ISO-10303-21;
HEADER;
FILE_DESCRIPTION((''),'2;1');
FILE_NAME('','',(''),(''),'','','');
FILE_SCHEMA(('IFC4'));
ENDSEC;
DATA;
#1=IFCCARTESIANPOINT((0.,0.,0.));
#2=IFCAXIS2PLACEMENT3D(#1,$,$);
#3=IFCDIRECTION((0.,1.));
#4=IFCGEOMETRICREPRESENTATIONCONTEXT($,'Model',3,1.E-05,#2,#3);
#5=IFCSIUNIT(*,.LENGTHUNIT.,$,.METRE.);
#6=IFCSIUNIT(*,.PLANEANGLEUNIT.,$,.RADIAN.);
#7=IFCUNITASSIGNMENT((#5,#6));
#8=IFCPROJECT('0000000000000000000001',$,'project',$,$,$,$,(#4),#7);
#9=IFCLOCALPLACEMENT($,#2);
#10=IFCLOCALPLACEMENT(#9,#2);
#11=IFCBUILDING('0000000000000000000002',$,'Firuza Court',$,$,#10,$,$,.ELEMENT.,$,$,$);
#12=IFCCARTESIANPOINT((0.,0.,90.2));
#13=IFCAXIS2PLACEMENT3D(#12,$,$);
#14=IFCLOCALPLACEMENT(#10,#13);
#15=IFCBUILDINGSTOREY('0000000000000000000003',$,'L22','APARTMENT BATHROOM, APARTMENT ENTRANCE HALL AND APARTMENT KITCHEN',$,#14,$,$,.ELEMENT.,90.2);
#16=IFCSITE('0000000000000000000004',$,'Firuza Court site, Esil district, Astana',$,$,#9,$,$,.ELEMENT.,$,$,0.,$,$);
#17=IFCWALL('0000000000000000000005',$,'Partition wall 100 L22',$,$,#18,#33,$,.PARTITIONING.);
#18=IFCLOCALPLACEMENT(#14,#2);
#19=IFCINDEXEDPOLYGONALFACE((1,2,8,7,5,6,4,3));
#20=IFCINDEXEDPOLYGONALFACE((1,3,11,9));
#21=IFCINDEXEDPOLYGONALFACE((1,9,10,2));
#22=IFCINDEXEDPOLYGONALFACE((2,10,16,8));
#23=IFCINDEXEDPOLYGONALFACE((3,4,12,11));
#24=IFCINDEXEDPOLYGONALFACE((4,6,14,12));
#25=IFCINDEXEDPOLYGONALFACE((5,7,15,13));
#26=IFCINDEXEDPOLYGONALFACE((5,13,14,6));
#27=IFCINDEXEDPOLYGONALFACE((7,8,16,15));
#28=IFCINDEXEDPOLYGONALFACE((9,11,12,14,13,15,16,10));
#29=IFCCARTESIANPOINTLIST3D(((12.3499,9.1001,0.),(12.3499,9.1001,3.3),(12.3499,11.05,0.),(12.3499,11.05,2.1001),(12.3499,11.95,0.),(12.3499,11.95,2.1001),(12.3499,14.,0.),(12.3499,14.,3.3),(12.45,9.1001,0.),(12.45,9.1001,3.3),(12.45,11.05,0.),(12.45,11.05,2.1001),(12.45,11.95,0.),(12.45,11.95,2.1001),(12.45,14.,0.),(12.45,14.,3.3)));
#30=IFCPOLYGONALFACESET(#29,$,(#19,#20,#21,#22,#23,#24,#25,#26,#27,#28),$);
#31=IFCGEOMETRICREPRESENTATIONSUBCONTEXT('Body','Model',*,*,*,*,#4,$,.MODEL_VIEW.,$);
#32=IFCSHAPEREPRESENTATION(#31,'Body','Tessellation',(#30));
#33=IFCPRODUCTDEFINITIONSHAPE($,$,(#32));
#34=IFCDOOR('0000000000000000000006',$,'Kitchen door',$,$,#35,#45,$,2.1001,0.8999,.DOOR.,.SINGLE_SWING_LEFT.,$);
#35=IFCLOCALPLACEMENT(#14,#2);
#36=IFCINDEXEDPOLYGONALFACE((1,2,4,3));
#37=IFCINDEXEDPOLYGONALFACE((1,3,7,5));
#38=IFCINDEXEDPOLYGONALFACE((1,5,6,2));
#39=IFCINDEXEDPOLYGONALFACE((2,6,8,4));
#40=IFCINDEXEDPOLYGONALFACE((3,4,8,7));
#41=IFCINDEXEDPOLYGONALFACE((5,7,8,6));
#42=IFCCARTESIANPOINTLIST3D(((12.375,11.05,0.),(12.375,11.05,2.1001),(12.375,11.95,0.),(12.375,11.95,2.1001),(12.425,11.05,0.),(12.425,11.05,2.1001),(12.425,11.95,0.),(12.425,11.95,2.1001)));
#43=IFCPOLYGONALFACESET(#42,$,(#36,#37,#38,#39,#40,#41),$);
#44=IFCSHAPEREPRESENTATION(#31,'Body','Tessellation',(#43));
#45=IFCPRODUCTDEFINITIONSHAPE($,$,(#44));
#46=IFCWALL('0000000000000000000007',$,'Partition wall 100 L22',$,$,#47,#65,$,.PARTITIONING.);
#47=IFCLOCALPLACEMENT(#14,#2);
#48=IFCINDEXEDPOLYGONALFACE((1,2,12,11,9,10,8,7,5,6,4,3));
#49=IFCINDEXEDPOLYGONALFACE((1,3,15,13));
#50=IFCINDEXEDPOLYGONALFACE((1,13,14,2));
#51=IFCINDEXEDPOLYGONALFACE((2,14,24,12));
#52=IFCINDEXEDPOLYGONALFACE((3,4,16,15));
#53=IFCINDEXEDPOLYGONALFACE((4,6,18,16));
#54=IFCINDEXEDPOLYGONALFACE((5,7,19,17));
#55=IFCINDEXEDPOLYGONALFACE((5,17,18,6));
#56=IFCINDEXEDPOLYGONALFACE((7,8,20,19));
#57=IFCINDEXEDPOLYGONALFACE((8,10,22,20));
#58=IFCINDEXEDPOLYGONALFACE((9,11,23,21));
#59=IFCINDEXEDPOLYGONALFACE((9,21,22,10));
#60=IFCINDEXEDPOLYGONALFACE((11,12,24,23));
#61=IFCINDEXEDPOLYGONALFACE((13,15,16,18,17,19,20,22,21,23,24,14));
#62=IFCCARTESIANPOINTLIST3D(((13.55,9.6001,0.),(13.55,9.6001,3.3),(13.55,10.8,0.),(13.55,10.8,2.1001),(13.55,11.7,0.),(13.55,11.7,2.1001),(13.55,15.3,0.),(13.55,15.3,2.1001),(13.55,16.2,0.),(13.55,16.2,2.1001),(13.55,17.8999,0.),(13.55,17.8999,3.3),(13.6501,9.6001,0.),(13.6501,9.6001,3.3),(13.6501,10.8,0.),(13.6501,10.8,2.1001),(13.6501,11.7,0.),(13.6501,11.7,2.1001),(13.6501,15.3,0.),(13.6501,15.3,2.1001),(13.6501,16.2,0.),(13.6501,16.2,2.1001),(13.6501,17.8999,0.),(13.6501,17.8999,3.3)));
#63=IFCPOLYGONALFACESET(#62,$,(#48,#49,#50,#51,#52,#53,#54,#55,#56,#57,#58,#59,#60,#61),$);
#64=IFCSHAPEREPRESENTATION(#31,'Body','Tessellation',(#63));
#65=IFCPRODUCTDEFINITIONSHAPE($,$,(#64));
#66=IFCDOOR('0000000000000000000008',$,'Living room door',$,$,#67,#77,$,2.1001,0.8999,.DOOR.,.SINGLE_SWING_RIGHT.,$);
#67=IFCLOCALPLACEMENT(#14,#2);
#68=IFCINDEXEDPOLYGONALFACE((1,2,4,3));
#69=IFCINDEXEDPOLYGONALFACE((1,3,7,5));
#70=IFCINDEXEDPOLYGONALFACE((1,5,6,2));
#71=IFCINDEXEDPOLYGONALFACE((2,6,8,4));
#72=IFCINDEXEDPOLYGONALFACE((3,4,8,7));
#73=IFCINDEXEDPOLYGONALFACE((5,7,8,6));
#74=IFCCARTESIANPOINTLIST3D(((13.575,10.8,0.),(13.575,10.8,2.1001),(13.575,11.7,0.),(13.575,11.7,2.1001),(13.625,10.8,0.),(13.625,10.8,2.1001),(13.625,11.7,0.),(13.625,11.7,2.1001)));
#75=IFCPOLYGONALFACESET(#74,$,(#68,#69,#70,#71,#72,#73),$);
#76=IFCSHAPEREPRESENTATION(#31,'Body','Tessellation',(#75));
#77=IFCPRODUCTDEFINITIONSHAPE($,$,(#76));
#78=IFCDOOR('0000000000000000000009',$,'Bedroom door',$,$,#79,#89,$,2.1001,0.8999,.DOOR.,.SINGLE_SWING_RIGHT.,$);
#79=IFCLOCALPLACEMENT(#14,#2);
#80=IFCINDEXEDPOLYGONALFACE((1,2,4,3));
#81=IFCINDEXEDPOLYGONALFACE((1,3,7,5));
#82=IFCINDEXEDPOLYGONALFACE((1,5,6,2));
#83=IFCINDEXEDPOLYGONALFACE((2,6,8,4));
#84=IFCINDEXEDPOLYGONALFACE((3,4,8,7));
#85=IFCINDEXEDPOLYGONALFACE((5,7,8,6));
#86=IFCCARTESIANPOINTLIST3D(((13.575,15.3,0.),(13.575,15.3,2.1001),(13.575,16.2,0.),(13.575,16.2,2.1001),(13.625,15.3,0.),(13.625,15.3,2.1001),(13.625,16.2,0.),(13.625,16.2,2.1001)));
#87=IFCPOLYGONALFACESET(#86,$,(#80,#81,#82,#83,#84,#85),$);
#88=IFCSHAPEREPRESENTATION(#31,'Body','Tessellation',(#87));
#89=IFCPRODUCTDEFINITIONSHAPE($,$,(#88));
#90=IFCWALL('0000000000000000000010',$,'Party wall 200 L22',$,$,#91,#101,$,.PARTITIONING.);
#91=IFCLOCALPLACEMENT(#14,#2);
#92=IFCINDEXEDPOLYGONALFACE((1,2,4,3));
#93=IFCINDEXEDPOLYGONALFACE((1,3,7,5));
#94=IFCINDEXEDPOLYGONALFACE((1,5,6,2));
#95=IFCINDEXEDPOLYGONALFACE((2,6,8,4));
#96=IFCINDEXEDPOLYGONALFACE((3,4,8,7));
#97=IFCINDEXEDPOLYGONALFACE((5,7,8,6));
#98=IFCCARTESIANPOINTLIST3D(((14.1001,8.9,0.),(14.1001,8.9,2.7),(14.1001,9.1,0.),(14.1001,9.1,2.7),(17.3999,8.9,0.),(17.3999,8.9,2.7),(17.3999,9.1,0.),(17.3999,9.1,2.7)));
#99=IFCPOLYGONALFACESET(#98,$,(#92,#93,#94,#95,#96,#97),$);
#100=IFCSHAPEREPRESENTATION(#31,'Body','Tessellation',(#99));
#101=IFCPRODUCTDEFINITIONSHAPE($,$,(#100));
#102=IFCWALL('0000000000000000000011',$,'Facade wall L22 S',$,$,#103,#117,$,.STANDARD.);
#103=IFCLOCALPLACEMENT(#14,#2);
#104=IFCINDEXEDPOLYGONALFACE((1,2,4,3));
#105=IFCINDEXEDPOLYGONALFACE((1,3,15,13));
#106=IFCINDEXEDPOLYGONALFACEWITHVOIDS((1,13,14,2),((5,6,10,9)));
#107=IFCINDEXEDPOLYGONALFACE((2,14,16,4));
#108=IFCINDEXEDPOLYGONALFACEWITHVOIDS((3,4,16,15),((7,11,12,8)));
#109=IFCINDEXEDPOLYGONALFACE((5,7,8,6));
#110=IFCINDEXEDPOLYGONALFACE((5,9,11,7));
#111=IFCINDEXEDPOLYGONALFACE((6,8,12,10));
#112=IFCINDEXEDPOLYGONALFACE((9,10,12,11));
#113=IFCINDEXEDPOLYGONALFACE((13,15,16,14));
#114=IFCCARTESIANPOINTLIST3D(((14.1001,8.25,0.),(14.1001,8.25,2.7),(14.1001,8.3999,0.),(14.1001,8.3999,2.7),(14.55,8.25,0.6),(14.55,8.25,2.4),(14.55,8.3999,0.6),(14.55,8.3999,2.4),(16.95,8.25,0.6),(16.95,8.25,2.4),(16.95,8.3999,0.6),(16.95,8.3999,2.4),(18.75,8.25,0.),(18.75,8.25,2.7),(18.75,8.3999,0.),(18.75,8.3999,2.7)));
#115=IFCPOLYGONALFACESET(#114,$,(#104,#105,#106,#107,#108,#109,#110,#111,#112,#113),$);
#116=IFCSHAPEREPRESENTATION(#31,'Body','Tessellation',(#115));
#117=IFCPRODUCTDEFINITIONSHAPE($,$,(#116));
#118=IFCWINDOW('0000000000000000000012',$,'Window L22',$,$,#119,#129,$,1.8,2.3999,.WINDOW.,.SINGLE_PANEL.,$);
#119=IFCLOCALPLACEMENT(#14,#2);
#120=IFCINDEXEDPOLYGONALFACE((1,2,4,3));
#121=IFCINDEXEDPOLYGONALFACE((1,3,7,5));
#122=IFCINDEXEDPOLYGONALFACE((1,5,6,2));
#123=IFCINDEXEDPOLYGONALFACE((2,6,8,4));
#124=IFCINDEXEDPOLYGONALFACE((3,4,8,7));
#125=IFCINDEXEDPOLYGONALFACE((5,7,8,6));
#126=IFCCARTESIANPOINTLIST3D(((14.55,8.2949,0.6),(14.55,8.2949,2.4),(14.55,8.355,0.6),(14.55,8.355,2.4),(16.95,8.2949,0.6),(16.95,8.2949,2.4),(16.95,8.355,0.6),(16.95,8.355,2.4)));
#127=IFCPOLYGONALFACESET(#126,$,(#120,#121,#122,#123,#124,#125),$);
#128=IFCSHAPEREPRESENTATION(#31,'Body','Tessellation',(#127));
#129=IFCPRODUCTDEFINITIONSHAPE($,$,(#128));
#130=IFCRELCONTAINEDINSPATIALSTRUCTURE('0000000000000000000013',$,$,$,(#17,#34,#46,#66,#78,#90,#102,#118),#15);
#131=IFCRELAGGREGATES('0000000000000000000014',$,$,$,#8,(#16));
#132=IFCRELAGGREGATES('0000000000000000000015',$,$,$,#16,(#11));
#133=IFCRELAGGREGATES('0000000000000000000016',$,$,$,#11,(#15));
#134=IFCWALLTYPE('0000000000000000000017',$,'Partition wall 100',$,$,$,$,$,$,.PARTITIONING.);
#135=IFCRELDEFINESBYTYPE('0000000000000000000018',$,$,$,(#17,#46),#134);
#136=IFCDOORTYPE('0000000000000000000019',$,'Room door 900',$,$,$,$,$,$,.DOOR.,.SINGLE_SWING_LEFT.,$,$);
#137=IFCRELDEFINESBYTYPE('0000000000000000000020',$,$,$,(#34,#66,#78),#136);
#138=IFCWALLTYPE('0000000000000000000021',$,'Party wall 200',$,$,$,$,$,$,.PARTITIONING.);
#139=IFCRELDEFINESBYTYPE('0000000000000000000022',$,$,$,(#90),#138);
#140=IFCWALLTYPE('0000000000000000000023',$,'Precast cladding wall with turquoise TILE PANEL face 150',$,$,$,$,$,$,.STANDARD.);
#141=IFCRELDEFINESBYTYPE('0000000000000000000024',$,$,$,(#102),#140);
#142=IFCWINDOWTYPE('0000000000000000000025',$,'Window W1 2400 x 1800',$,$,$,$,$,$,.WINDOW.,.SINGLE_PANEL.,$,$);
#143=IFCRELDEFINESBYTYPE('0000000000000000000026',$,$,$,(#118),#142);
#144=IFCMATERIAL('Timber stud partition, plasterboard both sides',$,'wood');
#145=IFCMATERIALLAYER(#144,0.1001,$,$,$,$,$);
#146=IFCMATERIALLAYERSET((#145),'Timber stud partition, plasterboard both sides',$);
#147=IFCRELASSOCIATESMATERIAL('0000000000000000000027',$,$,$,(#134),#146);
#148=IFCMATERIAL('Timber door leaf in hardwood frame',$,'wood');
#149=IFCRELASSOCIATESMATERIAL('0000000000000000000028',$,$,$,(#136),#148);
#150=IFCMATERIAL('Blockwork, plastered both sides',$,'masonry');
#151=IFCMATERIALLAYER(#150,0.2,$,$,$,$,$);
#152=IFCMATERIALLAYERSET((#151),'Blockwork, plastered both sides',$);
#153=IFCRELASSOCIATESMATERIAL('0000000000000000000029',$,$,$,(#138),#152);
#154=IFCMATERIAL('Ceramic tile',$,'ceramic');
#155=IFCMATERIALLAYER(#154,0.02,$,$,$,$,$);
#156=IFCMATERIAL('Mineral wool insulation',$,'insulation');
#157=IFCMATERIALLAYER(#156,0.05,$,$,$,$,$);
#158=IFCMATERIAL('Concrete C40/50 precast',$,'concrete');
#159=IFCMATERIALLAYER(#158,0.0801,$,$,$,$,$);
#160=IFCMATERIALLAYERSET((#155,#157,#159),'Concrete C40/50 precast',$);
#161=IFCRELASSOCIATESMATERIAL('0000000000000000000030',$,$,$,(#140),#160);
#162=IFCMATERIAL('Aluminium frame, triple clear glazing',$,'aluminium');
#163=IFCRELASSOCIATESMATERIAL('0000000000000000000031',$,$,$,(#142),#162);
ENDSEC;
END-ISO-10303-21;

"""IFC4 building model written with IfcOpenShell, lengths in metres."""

from ifc_helpers import new_model, si_unit, direction, frame, frame_2d, origin, place, context, subcontext, project, spatial, rectangle, extrude, material, layer, layer_set, type_object, element, fill, save


model = new_model("IFC4")

# Units and contexts
model_context = context("Model", 3, precision=1e-05, world=origin(), true_north=direction((0.0, 1.0)))
body_context = subcontext(model_context, "Body", "Model", "MODEL_VIEW")
ifc_project = project(units=[si_unit("LENGTHUNIT", "METRE"), si_unit("PLANEANGLEUNIT", "RADIAN")], contexts=[model_context])

# Site, building, storey
site_placement = place(None, origin())
site = spatial("IfcSite", under=ifc_project, at=site_placement, Name="Firuza Court site, Esil district, Astana", CompositionType="ELEMENT", RefElevation=0.0)
building_placement = place(site_placement, origin())
building = spatial("IfcBuilding", under=site, at=building_placement, Name="Firuza Court", CompositionType="ELEMENT")
storey_placement = place(building_placement, frame((0.0, 0.0, 90.2)))
storey = spatial("IfcBuildingStorey", under=building, at=storey_placement, Name="L22", Description="APARTMENT BATHROOM, APARTMENT ENTRANCE HALL AND APARTMENT KITCHEN", CompositionType="ELEMENT", Elevation=90.2)

# Wall, opening, door
ifc_material_1 = material(Name="Timber stud partition, plasterboard both sides", Category="wood")
ifc_layer_1 = layer(ifc_material_1, 0.1001)
ifc_layer_set_1 = layer_set([ifc_layer_1], Name="Timber stud partition, plasterboard both sides")
wall_type_1 = type_object("IfcWallType", Name="Partition wall 100", PredefinedType="PARTITIONING", material=ifc_layer_set_1)
wall_1_placement = place(storey_placement, frame((12.3999, 9.1001, 0.0), z_axis=(0.0, 0.0, 1.0), x_axis=(0.0, 1.0, 0.0)))
wall_1 = element("IfcWall", 1, at=wall_1_placement, inside=storey, type_object=wall_type_1, Name="Partition wall 100 L22", PredefinedType="PARTITIONING", context=body_context, shape_type="SweptSolid", body=[
    extrude(rectangle(XDim=4.8999, YDim=0.1001, at=frame_2d((2.45, 0.0))), origin(), (0.0, 0.0, 1.0), 3.3),
])
opening_1_placement = place(wall_1_placement, frame((1.95, 0.0, 0.0)))
opening_1 = element("IfcOpeningElement", 2, at=opening_1_placement, cuts=wall_1, PredefinedType="OPENING", context=body_context, shape_type="SweptSolid", body=[
    extrude(rectangle(XDim=0.8999, YDim=2.1001, at=frame_2d((0.45, 1.05))), frame((0.0, 0.062, 0.0), z_axis=(0.0, -1.0, 0.0), x_axis=(1.0, 0.0, 0.0)), (0.0, 0.0, 1.0), 0.124),
])
ifc_material_2 = material(Name="Timber door leaf in hardwood frame", Category="wood")
door_type = type_object("IfcDoorType", Name="Room door 900", OperationType="SINGLE_SWING_LEFT", PredefinedType="DOOR", material=ifc_material_2)
door_1_placement = place(opening_1_placement, origin())
door_1 = element("IfcDoor", 3, at=door_1_placement, inside=storey, type_object=door_type, Name="Kitchen door", OperationType="SINGLE_SWING_LEFT", OverallHeight=2.1001, OverallWidth=0.8999, PredefinedType="DOOR", context=body_context, shape_type="SweptSolid", body=[
    extrude(rectangle(XDim=0.8999, YDim=2.1001, at=frame_2d((0.45, 1.05))), frame((0.0, 0.0249, 0.0), z_axis=(0.0, -1.0, 0.0), x_axis=(1.0, 0.0, 0.0)), (0.0, 0.0, 1.0), 0.05),
])
fill(opening_1, door_1)

# Wall, openings, doors
wall_2_placement = place(storey_placement, frame((13.6001, 9.6001, 0.0), z_axis=(0.0, 0.0, 1.0), x_axis=(0.0, 1.0, 0.0)))
wall_2 = element("IfcWall", 4, at=wall_2_placement, inside=storey, type_object=wall_type_1, Name="Partition wall 100 L22", PredefinedType="PARTITIONING", context=body_context, shape_type="SweptSolid", body=[
    extrude(rectangle(XDim=8.2998, YDim=0.1001, at=frame_2d((4.1499, 0.0))), origin(), (0.0, 0.0, 1.0), 3.3),
])
opening_2_placement = place(wall_2_placement, frame((1.2, 0.0, 0.0)))
opening_2 = element("IfcOpeningElement", 5, at=opening_2_placement, cuts=wall_2, PredefinedType="OPENING", context=body_context, shape_type="SweptSolid", body=[
    extrude(rectangle(XDim=0.8999, YDim=2.1001, at=frame_2d((0.45, 1.05))), frame((0.0, 0.062, 0.0), z_axis=(0.0, -1.0, 0.0), x_axis=(1.0, 0.0, 0.0)), (0.0, 0.0, 1.0), 0.124),
])
opening_3_placement = place(wall_2_placement, frame((5.7, 0.0, 0.0)))
opening_3 = element("IfcOpeningElement", 6, at=opening_3_placement, cuts=wall_2, PredefinedType="OPENING", context=body_context, shape_type="SweptSolid", body=[
    extrude(rectangle(XDim=0.8999, YDim=2.1001, at=frame_2d((0.45, 1.05))), frame((0.0, 0.062, 0.0), z_axis=(0.0, -1.0, 0.0), x_axis=(1.0, 0.0, 0.0)), (0.0, 0.0, 1.0), 0.124),
])
door_2_placement = place(opening_2_placement, frame((0.8999, 0.0, 0.0), z_axis=(0.0, 0.0, 1.0), x_axis=(-1.0, 0.0, 0.0)))
door_2 = element("IfcDoor", 7, at=door_2_placement, inside=storey, type_object=door_type, Name="Living room door", OperationType="SINGLE_SWING_RIGHT", OverallHeight=2.1001, OverallWidth=0.8999, PredefinedType="DOOR", context=body_context, shape_type="SweptSolid", body=[
    extrude(rectangle(XDim=0.8999, YDim=2.1001, at=frame_2d((0.45, 1.05))), frame((0.0, 0.0249, 0.0), z_axis=(0.0, -1.0, 0.0), x_axis=(1.0, 0.0, 0.0)), (0.0, 0.0, 1.0), 0.05),
])
fill(opening_2, door_2)
door_3_placement = place(opening_3_placement, frame((0.8999, 0.0, 0.0), z_axis=(0.0, 0.0, 1.0), x_axis=(-1.0, 0.0, 0.0)))
door_3 = element("IfcDoor", 8, at=door_3_placement, inside=storey, type_object=door_type, Name="Bedroom door", OperationType="SINGLE_SWING_RIGHT", OverallHeight=2.1001, OverallWidth=0.8999, PredefinedType="DOOR", context=body_context, shape_type="SweptSolid", body=[
    extrude(rectangle(XDim=0.8999, YDim=2.1001, at=frame_2d((0.45, 1.05))), frame((0.0, 0.0249, 0.0), z_axis=(0.0, -1.0, 0.0), x_axis=(1.0, 0.0, 0.0)), (0.0, 0.0, 1.0), 0.05),
])
fill(opening_3, door_3)

# Wall
ifc_material_3 = material(Name="Blockwork, plastered both sides", Category="masonry")
ifc_layer_2 = layer(ifc_material_3, 0.2)
ifc_layer_set_2 = layer_set([ifc_layer_2], Name="Blockwork, plastered both sides")
wall_type_2 = type_object("IfcWallType", Name="Party wall 200", PredefinedType="PARTITIONING", material=ifc_layer_set_2)
wall_3_placement = place(storey_placement, frame((14.1001, 9.0, 0.0), z_axis=(0.0, 0.0, 1.0), x_axis=(1.0, 0.0, 0.0)))
element("IfcWall", 9, at=wall_3_placement, inside=storey, type_object=wall_type_2, Name="Party wall 200 L22", PredefinedType="PARTITIONING", context=body_context, shape_type="SweptSolid", body=[
    extrude(rectangle(XDim=3.2998, YDim=0.2, at=frame_2d((1.6499, 0.0))), origin(), (0.0, 0.0, 1.0), 2.7),
])

# Wall, opening, window
ifc_material_4 = material(Name="Ceramic tile", Category="ceramic")
ifc_layer_3 = layer(ifc_material_4, 0.02)
ifc_material_5 = material(Name="Mineral wool insulation", Category="insulation")
ifc_layer_4 = layer(ifc_material_5, 0.05)
ifc_material_6 = material(Name="Concrete C40/50 precast", Category="concrete")
ifc_layer_5 = layer(ifc_material_6, 0.0801)
ifc_layer_set_3 = layer_set([ifc_layer_3, ifc_layer_4, ifc_layer_5], Name="Concrete C40/50 precast")
wall_type_3 = type_object("IfcWallType", Name="Precast cladding wall with turquoise TILE PANEL face 150", PredefinedType="STANDARD", material=ifc_layer_set_3)
wall_4_placement = place(storey_placement, frame((14.1001, 8.325, 0.0), z_axis=(0.0, 0.0, 1.0), x_axis=(1.0, 0.0, 0.0)))
wall_4 = element("IfcWall", 10, at=wall_4_placement, inside=storey, type_object=wall_type_3, Name="Facade wall L22 S", PredefinedType="STANDARD", context=body_context, shape_type="SweptSolid", body=[
    extrude(rectangle(XDim=4.6499, YDim=0.1499, at=frame_2d((2.325, 0.0))), origin(), (0.0, 0.0, 1.0), 2.7),
])
opening_4_placement = place(wall_4_placement, frame((0.45, 0.0, 0.6001)))
opening_4 = element("IfcOpeningElement", 11, at=opening_4_placement, cuts=wall_4, PredefinedType="OPENING", context=body_context, shape_type="SweptSolid", body=[
    extrude(rectangle(XDim=2.3999, YDim=1.8, at=frame_2d((1.2, 0.8999))), frame((0.0, 0.0869, 0.0), z_axis=(0.0, -1.0, 0.0), x_axis=(1.0, 0.0, 0.0)), (0.0, 0.0, 1.0), 0.1738),
])
ifc_material_7 = material(Name="Aluminium frame, triple clear glazing", Category="aluminium")
window_type = type_object("IfcWindowType", Name="Window W1 2400 x 1800", PartitioningType="SINGLE_PANEL", PredefinedType="WINDOW", material=ifc_material_7)
window_1_placement = place(opening_4_placement, origin())
window_1 = element("IfcWindow", 12, at=window_1_placement, inside=storey, type_object=window_type, Name="Window L22", OverallHeight=1.8, OverallWidth=2.3999, PartitioningType="SINGLE_PANEL", PredefinedType="WINDOW", context=body_context, shape_type="SweptSolid", body=[
    extrude(rectangle(XDim=2.3999, YDim=1.8, at=frame_2d((1.2, 0.8999))), frame((0.0, 0.03, 0.0), z_axis=(0.0, -1.0, 0.0), x_axis=(1.0, 0.0, 0.0)), (0.0, 0.0, 1.0), 0.0601),
])
fill(opening_4, window_1)

save(model, "model.ifc")
